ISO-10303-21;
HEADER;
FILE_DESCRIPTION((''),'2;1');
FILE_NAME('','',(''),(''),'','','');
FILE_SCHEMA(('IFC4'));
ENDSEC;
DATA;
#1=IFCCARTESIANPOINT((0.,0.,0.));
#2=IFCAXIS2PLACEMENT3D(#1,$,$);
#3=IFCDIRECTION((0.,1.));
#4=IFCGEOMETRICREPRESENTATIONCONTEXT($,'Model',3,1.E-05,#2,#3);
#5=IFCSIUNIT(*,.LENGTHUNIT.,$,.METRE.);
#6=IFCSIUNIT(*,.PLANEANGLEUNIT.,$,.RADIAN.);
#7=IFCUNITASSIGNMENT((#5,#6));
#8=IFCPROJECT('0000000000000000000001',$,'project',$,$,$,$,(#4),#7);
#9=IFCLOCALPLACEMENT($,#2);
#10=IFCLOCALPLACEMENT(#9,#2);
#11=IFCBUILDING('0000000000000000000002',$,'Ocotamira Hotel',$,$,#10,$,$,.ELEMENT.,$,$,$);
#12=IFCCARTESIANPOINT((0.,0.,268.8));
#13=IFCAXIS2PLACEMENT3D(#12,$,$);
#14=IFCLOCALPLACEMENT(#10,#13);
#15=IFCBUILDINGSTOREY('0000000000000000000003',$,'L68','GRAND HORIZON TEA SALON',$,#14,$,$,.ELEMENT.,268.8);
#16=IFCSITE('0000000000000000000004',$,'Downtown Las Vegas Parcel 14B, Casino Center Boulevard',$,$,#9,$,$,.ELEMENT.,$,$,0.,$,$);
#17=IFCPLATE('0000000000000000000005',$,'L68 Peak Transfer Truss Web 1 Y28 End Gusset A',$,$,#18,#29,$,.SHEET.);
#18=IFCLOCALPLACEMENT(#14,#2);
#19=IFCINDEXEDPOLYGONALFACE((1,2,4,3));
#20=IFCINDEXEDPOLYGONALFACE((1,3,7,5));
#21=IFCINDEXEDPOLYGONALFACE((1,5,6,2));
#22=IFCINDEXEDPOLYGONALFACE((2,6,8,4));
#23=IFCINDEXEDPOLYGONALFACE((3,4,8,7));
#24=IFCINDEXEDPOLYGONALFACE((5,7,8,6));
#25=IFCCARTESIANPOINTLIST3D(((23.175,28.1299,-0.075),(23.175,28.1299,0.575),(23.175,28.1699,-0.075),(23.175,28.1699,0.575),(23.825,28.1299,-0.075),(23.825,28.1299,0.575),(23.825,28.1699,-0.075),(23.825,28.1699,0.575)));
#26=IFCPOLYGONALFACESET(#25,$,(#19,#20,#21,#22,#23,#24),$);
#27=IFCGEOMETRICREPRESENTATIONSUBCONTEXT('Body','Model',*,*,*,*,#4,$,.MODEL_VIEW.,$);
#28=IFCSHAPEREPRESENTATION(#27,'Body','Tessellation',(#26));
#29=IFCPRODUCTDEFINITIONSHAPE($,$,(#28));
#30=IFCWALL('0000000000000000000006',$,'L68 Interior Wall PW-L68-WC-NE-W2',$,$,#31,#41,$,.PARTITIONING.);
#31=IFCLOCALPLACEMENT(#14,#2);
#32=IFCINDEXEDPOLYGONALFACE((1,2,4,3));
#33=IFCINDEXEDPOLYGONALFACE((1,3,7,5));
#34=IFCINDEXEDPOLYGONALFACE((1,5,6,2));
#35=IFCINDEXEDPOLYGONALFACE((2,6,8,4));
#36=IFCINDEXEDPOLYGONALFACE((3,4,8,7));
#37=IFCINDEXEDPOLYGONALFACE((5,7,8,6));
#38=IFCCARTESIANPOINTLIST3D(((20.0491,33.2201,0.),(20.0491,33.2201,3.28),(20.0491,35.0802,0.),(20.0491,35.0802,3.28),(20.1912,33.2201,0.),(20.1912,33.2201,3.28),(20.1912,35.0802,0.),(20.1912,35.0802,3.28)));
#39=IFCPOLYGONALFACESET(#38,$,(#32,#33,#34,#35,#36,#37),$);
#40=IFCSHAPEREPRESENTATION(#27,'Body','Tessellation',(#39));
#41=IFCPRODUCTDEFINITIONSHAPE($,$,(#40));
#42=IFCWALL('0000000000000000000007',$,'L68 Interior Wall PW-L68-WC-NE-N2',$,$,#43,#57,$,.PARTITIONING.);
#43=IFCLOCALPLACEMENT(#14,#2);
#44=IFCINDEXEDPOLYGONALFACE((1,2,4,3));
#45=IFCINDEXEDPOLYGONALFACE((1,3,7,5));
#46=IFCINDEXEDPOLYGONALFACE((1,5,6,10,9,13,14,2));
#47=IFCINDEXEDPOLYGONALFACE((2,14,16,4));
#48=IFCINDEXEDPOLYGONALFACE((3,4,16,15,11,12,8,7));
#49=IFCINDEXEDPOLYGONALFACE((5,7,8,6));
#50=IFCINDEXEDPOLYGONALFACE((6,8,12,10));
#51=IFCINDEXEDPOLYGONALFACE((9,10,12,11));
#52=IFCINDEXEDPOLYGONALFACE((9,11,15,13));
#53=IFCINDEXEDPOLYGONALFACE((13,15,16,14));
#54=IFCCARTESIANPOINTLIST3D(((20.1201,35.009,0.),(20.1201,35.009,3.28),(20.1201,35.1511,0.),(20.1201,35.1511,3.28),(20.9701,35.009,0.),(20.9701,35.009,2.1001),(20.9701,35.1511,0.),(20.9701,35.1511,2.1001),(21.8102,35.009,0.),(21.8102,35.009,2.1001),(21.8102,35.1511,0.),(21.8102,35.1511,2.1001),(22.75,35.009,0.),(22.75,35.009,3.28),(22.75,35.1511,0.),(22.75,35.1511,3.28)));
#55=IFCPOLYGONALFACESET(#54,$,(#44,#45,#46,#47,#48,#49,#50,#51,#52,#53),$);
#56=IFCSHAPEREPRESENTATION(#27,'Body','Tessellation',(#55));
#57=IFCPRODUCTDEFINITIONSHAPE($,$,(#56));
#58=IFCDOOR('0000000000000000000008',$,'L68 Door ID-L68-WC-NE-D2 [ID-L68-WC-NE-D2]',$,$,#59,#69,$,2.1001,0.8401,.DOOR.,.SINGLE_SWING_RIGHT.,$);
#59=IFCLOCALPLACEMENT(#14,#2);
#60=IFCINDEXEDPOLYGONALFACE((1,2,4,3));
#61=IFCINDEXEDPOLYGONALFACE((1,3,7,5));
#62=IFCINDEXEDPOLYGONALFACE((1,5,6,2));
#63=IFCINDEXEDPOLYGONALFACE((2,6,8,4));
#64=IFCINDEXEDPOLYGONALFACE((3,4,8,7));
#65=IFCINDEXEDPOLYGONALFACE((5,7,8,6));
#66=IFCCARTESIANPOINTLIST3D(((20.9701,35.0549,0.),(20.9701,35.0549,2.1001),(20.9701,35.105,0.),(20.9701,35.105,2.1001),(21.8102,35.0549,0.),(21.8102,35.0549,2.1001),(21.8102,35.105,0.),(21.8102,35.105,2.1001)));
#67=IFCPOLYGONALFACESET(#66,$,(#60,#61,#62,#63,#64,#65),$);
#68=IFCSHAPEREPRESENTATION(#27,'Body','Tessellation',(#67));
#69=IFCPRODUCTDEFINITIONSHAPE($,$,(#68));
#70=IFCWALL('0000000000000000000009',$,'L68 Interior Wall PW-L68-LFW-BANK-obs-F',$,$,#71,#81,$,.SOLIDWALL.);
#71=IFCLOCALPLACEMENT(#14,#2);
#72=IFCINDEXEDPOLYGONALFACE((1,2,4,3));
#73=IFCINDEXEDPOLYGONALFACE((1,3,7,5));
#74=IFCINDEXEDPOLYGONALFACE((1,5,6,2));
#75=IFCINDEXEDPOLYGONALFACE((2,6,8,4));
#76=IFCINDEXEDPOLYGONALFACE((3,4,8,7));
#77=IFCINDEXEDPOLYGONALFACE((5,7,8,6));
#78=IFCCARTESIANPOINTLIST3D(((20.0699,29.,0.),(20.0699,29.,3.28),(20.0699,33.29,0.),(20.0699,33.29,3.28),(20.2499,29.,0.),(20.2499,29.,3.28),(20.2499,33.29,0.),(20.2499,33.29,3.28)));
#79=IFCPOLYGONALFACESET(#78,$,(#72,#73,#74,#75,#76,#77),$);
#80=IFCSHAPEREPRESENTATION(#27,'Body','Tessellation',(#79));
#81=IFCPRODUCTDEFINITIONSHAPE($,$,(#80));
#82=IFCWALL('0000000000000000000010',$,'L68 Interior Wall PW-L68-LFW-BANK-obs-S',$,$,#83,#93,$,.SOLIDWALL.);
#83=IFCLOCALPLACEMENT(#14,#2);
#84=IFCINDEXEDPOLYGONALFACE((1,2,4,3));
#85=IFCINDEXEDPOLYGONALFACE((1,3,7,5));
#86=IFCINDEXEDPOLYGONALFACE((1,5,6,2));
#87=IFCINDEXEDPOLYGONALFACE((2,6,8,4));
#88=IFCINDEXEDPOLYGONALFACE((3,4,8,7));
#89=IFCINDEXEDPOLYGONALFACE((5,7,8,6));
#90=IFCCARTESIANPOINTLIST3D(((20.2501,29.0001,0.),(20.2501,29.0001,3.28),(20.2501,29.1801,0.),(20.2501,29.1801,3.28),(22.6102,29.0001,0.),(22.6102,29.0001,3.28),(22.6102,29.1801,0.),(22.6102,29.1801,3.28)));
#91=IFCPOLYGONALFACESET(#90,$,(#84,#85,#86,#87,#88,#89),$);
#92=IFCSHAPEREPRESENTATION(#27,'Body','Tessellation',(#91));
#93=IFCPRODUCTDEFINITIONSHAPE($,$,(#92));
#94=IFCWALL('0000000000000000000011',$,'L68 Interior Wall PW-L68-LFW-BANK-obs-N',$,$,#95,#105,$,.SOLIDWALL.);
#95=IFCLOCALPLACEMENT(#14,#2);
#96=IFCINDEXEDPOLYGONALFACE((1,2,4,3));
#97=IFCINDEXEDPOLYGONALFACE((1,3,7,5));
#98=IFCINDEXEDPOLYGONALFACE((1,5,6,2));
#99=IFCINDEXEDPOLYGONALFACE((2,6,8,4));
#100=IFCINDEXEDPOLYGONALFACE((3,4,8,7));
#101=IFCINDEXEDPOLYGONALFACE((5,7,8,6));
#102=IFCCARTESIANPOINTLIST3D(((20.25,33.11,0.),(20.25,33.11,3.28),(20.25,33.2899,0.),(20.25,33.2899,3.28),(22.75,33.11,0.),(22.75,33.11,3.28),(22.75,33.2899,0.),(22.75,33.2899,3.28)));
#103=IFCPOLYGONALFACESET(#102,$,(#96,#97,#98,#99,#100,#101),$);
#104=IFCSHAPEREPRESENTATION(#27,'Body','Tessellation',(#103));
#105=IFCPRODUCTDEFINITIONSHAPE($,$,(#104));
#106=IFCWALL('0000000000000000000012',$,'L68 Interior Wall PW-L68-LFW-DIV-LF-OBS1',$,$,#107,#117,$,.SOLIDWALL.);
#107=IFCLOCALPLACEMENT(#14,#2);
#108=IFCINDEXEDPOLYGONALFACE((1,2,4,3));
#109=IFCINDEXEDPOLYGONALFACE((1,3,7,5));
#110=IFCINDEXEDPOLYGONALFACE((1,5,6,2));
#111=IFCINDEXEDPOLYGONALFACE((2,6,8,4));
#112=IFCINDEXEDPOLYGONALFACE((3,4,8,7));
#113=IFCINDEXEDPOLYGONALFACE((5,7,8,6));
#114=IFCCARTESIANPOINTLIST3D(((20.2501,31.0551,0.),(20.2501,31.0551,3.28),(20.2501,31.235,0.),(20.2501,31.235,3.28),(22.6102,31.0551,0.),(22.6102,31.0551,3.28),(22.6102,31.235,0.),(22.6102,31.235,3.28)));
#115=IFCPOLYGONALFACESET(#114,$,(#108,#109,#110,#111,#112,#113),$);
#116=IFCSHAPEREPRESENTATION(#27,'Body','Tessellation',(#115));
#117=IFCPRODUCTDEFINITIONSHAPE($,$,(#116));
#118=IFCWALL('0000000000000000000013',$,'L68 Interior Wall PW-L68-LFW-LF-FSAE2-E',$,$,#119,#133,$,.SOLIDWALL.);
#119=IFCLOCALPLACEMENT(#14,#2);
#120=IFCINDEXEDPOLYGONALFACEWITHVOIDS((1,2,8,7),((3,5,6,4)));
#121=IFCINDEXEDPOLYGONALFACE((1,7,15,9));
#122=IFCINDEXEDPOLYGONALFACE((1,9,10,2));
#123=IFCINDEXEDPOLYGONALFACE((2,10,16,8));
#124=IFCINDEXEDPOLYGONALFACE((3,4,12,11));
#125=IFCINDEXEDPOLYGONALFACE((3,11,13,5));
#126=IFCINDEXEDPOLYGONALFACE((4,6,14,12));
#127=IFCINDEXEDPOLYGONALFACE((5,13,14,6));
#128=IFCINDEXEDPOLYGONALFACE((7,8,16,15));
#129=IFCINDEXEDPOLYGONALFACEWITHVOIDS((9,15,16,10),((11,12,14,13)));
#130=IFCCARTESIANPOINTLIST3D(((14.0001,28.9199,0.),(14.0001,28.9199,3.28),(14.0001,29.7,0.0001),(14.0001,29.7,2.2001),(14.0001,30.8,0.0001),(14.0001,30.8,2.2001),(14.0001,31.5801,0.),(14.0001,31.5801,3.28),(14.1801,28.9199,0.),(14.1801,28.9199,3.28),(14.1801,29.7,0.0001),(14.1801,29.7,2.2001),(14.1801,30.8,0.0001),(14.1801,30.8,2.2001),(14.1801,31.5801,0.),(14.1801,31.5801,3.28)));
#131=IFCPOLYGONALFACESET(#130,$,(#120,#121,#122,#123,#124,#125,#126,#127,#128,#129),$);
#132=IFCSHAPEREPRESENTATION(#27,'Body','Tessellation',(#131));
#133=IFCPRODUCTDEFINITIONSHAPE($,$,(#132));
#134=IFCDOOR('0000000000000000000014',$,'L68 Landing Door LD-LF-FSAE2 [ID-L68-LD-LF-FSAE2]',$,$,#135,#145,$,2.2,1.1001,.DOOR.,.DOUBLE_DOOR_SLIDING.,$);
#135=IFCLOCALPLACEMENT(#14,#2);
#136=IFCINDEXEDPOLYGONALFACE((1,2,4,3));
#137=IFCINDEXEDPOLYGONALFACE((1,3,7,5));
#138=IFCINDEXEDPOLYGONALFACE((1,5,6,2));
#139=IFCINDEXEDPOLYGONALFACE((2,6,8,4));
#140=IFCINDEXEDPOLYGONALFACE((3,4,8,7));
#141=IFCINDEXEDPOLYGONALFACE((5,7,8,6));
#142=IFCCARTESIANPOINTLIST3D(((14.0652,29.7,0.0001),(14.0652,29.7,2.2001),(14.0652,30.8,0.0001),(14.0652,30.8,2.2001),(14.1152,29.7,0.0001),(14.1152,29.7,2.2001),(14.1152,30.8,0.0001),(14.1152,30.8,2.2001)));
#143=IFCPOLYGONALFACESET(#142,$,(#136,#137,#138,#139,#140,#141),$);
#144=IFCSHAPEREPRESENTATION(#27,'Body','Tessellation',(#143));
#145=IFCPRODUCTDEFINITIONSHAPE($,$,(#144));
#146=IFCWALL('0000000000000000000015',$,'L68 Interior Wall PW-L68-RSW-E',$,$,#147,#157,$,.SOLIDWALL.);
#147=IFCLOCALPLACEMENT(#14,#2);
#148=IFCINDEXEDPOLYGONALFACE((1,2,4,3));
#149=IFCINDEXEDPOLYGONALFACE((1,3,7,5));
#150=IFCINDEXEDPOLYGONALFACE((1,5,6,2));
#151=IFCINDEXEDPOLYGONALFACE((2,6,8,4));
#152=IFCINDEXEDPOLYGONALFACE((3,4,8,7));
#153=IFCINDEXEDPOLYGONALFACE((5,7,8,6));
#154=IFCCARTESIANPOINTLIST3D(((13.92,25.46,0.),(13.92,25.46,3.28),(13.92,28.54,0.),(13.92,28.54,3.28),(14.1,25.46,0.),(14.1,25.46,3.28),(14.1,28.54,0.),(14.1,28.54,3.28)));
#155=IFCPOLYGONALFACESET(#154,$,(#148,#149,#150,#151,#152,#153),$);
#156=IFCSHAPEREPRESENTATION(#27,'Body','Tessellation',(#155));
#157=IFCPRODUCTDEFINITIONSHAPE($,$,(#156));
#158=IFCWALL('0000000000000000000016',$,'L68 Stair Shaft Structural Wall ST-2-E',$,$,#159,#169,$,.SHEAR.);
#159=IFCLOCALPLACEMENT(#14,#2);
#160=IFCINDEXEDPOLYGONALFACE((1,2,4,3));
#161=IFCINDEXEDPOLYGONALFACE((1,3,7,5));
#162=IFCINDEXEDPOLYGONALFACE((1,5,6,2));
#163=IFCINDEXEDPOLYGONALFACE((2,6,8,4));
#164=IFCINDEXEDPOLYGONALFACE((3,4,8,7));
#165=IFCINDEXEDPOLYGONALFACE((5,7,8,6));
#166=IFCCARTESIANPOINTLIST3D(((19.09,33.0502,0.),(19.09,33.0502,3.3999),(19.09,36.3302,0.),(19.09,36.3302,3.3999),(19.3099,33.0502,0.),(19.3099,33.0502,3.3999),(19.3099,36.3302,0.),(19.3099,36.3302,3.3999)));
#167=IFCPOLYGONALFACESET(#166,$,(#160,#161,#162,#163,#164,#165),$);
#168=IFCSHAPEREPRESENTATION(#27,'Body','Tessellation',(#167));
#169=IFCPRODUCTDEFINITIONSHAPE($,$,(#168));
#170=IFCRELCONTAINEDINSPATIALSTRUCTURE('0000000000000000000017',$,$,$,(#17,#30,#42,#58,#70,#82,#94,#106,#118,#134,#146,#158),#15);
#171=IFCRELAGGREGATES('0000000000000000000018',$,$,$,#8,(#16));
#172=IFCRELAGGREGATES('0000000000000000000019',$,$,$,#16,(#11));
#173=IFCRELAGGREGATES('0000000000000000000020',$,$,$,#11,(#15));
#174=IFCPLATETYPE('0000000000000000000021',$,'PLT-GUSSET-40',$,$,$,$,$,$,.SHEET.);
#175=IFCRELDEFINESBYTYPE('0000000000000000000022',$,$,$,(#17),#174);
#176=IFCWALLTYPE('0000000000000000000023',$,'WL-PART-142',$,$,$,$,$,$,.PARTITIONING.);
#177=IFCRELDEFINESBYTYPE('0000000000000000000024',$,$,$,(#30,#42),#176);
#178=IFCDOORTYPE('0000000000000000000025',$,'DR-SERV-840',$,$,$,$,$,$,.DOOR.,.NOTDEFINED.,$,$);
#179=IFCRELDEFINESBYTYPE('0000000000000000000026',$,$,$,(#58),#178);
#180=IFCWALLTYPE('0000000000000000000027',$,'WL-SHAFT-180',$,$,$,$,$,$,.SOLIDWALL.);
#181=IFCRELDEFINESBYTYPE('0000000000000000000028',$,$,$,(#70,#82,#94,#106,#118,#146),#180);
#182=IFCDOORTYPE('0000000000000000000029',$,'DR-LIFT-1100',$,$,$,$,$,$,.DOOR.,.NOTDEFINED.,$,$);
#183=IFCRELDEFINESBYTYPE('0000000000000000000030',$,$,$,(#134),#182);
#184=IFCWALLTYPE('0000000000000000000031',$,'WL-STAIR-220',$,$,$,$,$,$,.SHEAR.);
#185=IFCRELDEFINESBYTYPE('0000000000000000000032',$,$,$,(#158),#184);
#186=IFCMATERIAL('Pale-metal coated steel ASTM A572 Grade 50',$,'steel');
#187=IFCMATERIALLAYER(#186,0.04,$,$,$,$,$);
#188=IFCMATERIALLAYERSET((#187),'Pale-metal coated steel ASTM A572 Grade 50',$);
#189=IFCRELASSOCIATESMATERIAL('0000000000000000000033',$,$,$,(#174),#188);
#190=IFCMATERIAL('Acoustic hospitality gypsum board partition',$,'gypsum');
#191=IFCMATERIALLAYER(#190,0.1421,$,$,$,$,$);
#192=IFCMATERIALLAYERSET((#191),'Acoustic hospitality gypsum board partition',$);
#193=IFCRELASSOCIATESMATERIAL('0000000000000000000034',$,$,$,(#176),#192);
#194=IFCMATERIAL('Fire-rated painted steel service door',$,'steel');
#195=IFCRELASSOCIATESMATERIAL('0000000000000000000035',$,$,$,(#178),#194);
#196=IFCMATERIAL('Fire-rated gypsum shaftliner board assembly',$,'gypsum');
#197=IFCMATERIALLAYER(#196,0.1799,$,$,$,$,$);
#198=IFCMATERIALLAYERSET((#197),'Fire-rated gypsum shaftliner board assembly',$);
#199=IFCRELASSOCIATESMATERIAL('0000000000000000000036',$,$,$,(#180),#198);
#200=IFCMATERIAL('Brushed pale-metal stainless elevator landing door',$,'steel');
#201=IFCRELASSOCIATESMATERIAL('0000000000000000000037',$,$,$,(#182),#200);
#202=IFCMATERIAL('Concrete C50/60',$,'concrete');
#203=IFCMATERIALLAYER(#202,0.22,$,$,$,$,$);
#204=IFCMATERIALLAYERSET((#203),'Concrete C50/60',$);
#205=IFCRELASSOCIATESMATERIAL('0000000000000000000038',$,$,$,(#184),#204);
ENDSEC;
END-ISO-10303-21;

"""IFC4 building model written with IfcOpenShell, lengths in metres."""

from ifc_helpers import new_model, si_unit, direction, frame, frame_2d, origin, origin_2d, place, context, subcontext, project, spatial, rectangle, extrude, source, transform, mapped, material, layer, layer_set, type_object, element, fill, save


model = new_model("IFC4")

# Units and contexts
model_context = context("Model", 3, precision=1e-05, world=origin(), true_north=direction((0.0, 1.0)))
body_context = subcontext(model_context, "Body", "Model", "MODEL_VIEW")
ifc_project = project(units=[si_unit("LENGTHUNIT", "METRE"), si_unit("PLANEANGLEUNIT", "RADIAN")], contexts=[model_context])

# Site, building, storey
site_placement = place(None, origin())
site = spatial("IfcSite", under=ifc_project, at=site_placement, Name="Downtown Las Vegas Parcel 14B, Casino Center Boulevard", CompositionType="ELEMENT", RefElevation=0.0)
building_placement = place(site_placement, origin())
building = spatial("IfcBuilding", under=site, at=building_placement, Name="Ocotamira Hotel", CompositionType="ELEMENT")
storey_placement = place(building_placement, frame((0.0, 0.0, 268.8)))
storey = spatial("IfcBuildingStorey", under=building, at=storey_placement, Name="L68", Description="GRAND HORIZON TEA SALON", CompositionType="ELEMENT", Elevation=268.8)

# Plate
ifc_material_1 = material(Name="Pale-metal coated steel ASTM A572 Grade 50", Category="steel")
ifc_layer_1 = layer(ifc_material_1, 0.04)
ifc_layer_set_1 = layer_set([ifc_layer_1], Name="Pale-metal coated steel ASTM A572 Grade 50")
plate_type = type_object("IfcPlateType", Name="PLT-GUSSET-40", PredefinedType="SHEET", material=ifc_layer_set_1)
shared_shape_1 = source(origin(), body_context, "Body", "SweptSolid", [
    extrude(rectangle(XDim=0.6499, YDim=0.04, at=origin_2d()), origin(), (0.0, 0.0, 1.0), 0.6499),
])
plate_placement = place(storey_placement, frame((23.5, 28.1499, -0.075), z_axis=(0.0, 0.0, 1.0), x_axis=(1.0, 0.0, 0.0)))
element("IfcPlate", 1, at=plate_placement, inside=storey, type_object=plate_type, Name="L68 Peak Transfer Truss Web 1 Y28 End Gusset A", PredefinedType="SHEET", context=body_context, shape_type="MappedRepresentation", body=[
    mapped(shared_shape_1, transform((0.0, 0.0, 0.0), scale=1.0)),
])

# Wall
ifc_material_2 = material(Name="Acoustic hospitality gypsum board partition", Category="gypsum")
ifc_layer_2 = layer(ifc_material_2, 0.1421)
ifc_layer_set_2 = layer_set([ifc_layer_2], Name="Acoustic hospitality gypsum board partition")
wall_type_1 = type_object("IfcWallType", Name="WL-PART-142", PredefinedType="PARTITIONING", material=ifc_layer_set_2)
wall_1_placement = place(storey_placement, frame((20.1201, 33.22, 0.0), z_axis=(0.0, 0.0, 1.0), x_axis=(0.0, 1.0, 0.0)))
element("IfcWall", 2, at=wall_1_placement, inside=storey, type_object=wall_type_1, Name="L68 Interior Wall PW-L68-WC-NE-W2", PredefinedType="PARTITIONING", context=body_context, shape_type="SweptSolid", body=[
    extrude(rectangle(XDim=1.8601, YDim=0.1421, at=frame_2d((0.9302, 0.0))), origin(), (0.0, 0.0, 1.0), 3.28),
])

# Wall, opening, door
wall_2_placement = place(storey_placement, frame((20.1201, 35.0801, 0.0), z_axis=(0.0, 0.0, 1.0), x_axis=(1.0, 0.0, 0.0)))
wall_2 = element("IfcWall", 3, at=wall_2_placement, inside=storey, type_object=wall_type_1, Name="L68 Interior Wall PW-L68-WC-NE-N2", PredefinedType="PARTITIONING", context=body_context, shape_type="SweptSolid", body=[
    extrude(rectangle(XDim=2.6299, YDim=0.1421, at=frame_2d((1.3149, 0.0))), origin(), (0.0, 0.0, 1.0), 3.28),
])
opening_1_placement = place(wall_2_placement, frame((0.8501, 0.0, 0.0)))
opening_1 = element("IfcOpeningElement", 4, at=opening_1_placement, cuts=wall_2, PredefinedType="OPENING", context=body_context, shape_type="SweptSolid", body=[
    extrude(rectangle(XDim=0.8401, YDim=2.1001, at=frame_2d((0.4199, 1.05))), frame((0.0, 0.0811, 0.0), z_axis=(0.0, -1.0, 0.0), x_axis=(1.0, 0.0, 0.0)), (0.0, 0.0, 1.0), 0.1621),
])
ifc_material_3 = material(Name="Fire-rated painted steel service door", Category="steel")
door_type_1 = type_object("IfcDoorType", Name="DR-SERV-840", OperationType="NOTDEFINED", PredefinedType="DOOR", material=ifc_material_3)
shared_shape_2 = source(origin(), body_context, "Body", "SweptSolid", [
    extrude(rectangle(XDim=0.8401, YDim=2.1001, at=frame_2d((0.4199, 1.05))), frame((0.0, 0.0249, 0.0), z_axis=(0.0, -1.0, 0.0), x_axis=(1.0, 0.0, 0.0)), (0.0, 0.0, 1.0), 0.05),
])
door_1_placement = place(opening_1_placement, origin())
door_1 = element("IfcDoor", 5, at=door_1_placement, inside=storey, type_object=door_type_1, Name="L68 Door ID-L68-WC-NE-D2 [ID-L68-WC-NE-D2]", OperationType="SINGLE_SWING_RIGHT", OverallHeight=2.1001, OverallWidth=0.8401, PredefinedType="DOOR", context=body_context, shape_type="MappedRepresentation", body=[
    mapped(shared_shape_2, transform((0.0, 0.0, 0.0), scale=1.0)),
])
fill(opening_1, door_1)

# Walls
ifc_material_4 = material(Name="Fire-rated gypsum shaftliner board assembly", Category="gypsum")
ifc_layer_3 = layer(ifc_material_4, 0.1799)
ifc_layer_set_3 = layer_set([ifc_layer_3], Name="Fire-rated gypsum shaftliner board assembly")
wall_type_2 = type_object("IfcWallType", Name="WL-SHAFT-180", PredefinedType="SOLIDWALL", material=ifc_layer_set_3)
wall_3_placement = place(storey_placement, frame((20.1599, 29.0, 0.0), z_axis=(0.0, 0.0, 1.0), x_axis=(0.0, 1.0, 0.0)))
element("IfcWall", 6, at=wall_3_placement, inside=storey, type_object=wall_type_2, Name="L68 Interior Wall PW-L68-LFW-BANK-obs-F", PredefinedType="SOLIDWALL", context=body_context, shape_type="SweptSolid", body=[
    extrude(rectangle(XDim=4.29, YDim=0.1799, at=frame_2d((2.145, 0.0))), origin(), (0.0, 0.0, 1.0), 3.28),
])
wall_4_placement = place(storey_placement, frame((20.25, 29.0901, 0.0), z_axis=(0.0, 0.0, 1.0), x_axis=(1.0, 0.0, 0.0)))
element("IfcWall", 7, at=wall_4_placement, inside=storey, type_object=wall_type_2, Name="L68 Interior Wall PW-L68-LFW-BANK-obs-S", PredefinedType="SOLIDWALL", context=body_context, shape_type="SweptSolid", body=[
    extrude(rectangle(XDim=2.3601, YDim=0.1799, at=frame_2d((1.1802, 0.0))), origin(), (0.0, 0.0, 1.0), 3.28),
])
wall_5_placement = place(storey_placement, frame((20.25, 33.2, 0.0), z_axis=(0.0, 0.0, 1.0), x_axis=(1.0, 0.0, 0.0)))
element("IfcWall", 8, at=wall_5_placement, inside=storey, type_object=wall_type_2, Name="L68 Interior Wall PW-L68-LFW-BANK-obs-N", PredefinedType="SOLIDWALL", context=body_context, shape_type="SweptSolid", body=[
    extrude(rectangle(XDim=2.5, YDim=0.1799, at=frame_2d((1.25, 0.0))), origin(), (0.0, 0.0, 1.0), 3.28),
])
wall_6_placement = place(storey_placement, frame((20.25, 31.145, 0.0), z_axis=(0.0, 0.0, 1.0), x_axis=(1.0, 0.0, 0.0)))
element("IfcWall", 9, at=wall_6_placement, inside=storey, type_object=wall_type_2, Name="L68 Interior Wall PW-L68-LFW-DIV-LF-OBS1", PredefinedType="SOLIDWALL", context=body_context, shape_type="SweptSolid", body=[
    extrude(rectangle(XDim=2.3601, YDim=0.1799, at=frame_2d((1.1802, 0.0))), origin(), (0.0, 0.0, 1.0), 3.28),
])

# Wall, opening, door
wall_7_placement = place(storey_placement, frame((14.0901, 28.9199, 0.0), z_axis=(0.0, 0.0, 1.0), x_axis=(0.0, 1.0, 0.0)))
wall_7 = element("IfcWall", 10, at=wall_7_placement, inside=storey, type_object=wall_type_2, Name="L68 Interior Wall PW-L68-LFW-LF-FSAE2-E", PredefinedType="SOLIDWALL", context=body_context, shape_type="SweptSolid", body=[
    extrude(rectangle(XDim=2.6602, YDim=0.1799, at=frame_2d((1.3301, 0.0))), origin(), (0.0, 0.0, 1.0), 3.28),
])
opening_2_placement = place(wall_7_placement, frame((0.78, 0.0, 0.0)))
opening_2 = element("IfcOpeningElement", 11, at=opening_2_placement, cuts=wall_7, PredefinedType="OPENING", context=body_context, shape_type="SweptSolid", body=[
    extrude(rectangle(XDim=1.1001, YDim=2.2, at=frame_2d((0.55, 1.1001))), frame((0.0, 0.1001, 0.0), z_axis=(0.0, -1.0, 0.0), x_axis=(1.0, 0.0, 0.0)), (0.0, 0.0, 1.0), 0.2),
])
ifc_material_5 = material(Name="Brushed pale-metal stainless elevator landing door", Category="steel")
door_type_2 = type_object("IfcDoorType", Name="DR-LIFT-1100", OperationType="NOTDEFINED", PredefinedType="DOOR", material=ifc_material_5)
shared_shape_3 = source(origin(), body_context, "Body", "SweptSolid", [
    extrude(rectangle(XDim=1.1001, YDim=2.2, at=frame_2d((0.55, 1.1001))), frame((0.0, 0.0249, 0.0), z_axis=(0.0, -1.0, 0.0), x_axis=(1.0, 0.0, 0.0)), (0.0, 0.0, 1.0), 0.05),
])
door_2_placement = place(opening_2_placement, origin())
door_2 = element("IfcDoor", 12, at=door_2_placement, inside=storey, type_object=door_type_2, Name="L68 Landing Door LD-LF-FSAE2 [ID-L68-LD-LF-FSAE2]", OperationType="DOUBLE_DOOR_SLIDING", OverallHeight=2.2, OverallWidth=1.1001, PredefinedType="DOOR", context=body_context, shape_type="MappedRepresentation", body=[
    mapped(shared_shape_3, transform((0.0, 0.0, 0.0), scale=1.0)),
])
fill(opening_2, door_2)

# Walls
wall_8_placement = place(storey_placement, frame((14.01, 25.46, 0.0), z_axis=(0.0, 0.0, 1.0), x_axis=(0.0, 1.0, 0.0)))
element("IfcWall", 13, at=wall_8_placement, inside=storey, type_object=wall_type_2, Name="L68 Interior Wall PW-L68-RSW-E", PredefinedType="SOLIDWALL", context=body_context, shape_type="SweptSolid", body=[
    extrude(rectangle(XDim=3.0801, YDim=0.1799, at=frame_2d((1.54, 0.0))), origin(), (0.0, 0.0, 1.0), 3.28),
])
ifc_material_6 = material(Name="Concrete C50/60", Category="concrete")
ifc_layer_4 = layer(ifc_material_6, 0.22)
ifc_layer_set_4 = layer_set([ifc_layer_4], Name="Concrete C50/60")
wall_type_3 = type_object("IfcWallType", Name="WL-STAIR-220", PredefinedType="SHEAR", material=ifc_layer_set_4)
wall_9_placement = place(storey_placement, frame((19.2, 33.05, 0.0), z_axis=(0.0, 0.0, 1.0), x_axis=(0.0, 1.0, 0.0)))
element("IfcWall", 14, at=wall_9_placement, inside=storey, type_object=wall_type_3, Name="L68 Stair Shaft Structural Wall ST-2-E", PredefinedType="SHEAR", context=body_context, shape_type="SweptSolid", body=[
    extrude(rectangle(XDim=3.28, YDim=0.22, at=frame_2d((1.6401, 0.0))), origin(), (0.0, 0.0, 1.0), 3.3999),
])

save(model, "model.ifc")
